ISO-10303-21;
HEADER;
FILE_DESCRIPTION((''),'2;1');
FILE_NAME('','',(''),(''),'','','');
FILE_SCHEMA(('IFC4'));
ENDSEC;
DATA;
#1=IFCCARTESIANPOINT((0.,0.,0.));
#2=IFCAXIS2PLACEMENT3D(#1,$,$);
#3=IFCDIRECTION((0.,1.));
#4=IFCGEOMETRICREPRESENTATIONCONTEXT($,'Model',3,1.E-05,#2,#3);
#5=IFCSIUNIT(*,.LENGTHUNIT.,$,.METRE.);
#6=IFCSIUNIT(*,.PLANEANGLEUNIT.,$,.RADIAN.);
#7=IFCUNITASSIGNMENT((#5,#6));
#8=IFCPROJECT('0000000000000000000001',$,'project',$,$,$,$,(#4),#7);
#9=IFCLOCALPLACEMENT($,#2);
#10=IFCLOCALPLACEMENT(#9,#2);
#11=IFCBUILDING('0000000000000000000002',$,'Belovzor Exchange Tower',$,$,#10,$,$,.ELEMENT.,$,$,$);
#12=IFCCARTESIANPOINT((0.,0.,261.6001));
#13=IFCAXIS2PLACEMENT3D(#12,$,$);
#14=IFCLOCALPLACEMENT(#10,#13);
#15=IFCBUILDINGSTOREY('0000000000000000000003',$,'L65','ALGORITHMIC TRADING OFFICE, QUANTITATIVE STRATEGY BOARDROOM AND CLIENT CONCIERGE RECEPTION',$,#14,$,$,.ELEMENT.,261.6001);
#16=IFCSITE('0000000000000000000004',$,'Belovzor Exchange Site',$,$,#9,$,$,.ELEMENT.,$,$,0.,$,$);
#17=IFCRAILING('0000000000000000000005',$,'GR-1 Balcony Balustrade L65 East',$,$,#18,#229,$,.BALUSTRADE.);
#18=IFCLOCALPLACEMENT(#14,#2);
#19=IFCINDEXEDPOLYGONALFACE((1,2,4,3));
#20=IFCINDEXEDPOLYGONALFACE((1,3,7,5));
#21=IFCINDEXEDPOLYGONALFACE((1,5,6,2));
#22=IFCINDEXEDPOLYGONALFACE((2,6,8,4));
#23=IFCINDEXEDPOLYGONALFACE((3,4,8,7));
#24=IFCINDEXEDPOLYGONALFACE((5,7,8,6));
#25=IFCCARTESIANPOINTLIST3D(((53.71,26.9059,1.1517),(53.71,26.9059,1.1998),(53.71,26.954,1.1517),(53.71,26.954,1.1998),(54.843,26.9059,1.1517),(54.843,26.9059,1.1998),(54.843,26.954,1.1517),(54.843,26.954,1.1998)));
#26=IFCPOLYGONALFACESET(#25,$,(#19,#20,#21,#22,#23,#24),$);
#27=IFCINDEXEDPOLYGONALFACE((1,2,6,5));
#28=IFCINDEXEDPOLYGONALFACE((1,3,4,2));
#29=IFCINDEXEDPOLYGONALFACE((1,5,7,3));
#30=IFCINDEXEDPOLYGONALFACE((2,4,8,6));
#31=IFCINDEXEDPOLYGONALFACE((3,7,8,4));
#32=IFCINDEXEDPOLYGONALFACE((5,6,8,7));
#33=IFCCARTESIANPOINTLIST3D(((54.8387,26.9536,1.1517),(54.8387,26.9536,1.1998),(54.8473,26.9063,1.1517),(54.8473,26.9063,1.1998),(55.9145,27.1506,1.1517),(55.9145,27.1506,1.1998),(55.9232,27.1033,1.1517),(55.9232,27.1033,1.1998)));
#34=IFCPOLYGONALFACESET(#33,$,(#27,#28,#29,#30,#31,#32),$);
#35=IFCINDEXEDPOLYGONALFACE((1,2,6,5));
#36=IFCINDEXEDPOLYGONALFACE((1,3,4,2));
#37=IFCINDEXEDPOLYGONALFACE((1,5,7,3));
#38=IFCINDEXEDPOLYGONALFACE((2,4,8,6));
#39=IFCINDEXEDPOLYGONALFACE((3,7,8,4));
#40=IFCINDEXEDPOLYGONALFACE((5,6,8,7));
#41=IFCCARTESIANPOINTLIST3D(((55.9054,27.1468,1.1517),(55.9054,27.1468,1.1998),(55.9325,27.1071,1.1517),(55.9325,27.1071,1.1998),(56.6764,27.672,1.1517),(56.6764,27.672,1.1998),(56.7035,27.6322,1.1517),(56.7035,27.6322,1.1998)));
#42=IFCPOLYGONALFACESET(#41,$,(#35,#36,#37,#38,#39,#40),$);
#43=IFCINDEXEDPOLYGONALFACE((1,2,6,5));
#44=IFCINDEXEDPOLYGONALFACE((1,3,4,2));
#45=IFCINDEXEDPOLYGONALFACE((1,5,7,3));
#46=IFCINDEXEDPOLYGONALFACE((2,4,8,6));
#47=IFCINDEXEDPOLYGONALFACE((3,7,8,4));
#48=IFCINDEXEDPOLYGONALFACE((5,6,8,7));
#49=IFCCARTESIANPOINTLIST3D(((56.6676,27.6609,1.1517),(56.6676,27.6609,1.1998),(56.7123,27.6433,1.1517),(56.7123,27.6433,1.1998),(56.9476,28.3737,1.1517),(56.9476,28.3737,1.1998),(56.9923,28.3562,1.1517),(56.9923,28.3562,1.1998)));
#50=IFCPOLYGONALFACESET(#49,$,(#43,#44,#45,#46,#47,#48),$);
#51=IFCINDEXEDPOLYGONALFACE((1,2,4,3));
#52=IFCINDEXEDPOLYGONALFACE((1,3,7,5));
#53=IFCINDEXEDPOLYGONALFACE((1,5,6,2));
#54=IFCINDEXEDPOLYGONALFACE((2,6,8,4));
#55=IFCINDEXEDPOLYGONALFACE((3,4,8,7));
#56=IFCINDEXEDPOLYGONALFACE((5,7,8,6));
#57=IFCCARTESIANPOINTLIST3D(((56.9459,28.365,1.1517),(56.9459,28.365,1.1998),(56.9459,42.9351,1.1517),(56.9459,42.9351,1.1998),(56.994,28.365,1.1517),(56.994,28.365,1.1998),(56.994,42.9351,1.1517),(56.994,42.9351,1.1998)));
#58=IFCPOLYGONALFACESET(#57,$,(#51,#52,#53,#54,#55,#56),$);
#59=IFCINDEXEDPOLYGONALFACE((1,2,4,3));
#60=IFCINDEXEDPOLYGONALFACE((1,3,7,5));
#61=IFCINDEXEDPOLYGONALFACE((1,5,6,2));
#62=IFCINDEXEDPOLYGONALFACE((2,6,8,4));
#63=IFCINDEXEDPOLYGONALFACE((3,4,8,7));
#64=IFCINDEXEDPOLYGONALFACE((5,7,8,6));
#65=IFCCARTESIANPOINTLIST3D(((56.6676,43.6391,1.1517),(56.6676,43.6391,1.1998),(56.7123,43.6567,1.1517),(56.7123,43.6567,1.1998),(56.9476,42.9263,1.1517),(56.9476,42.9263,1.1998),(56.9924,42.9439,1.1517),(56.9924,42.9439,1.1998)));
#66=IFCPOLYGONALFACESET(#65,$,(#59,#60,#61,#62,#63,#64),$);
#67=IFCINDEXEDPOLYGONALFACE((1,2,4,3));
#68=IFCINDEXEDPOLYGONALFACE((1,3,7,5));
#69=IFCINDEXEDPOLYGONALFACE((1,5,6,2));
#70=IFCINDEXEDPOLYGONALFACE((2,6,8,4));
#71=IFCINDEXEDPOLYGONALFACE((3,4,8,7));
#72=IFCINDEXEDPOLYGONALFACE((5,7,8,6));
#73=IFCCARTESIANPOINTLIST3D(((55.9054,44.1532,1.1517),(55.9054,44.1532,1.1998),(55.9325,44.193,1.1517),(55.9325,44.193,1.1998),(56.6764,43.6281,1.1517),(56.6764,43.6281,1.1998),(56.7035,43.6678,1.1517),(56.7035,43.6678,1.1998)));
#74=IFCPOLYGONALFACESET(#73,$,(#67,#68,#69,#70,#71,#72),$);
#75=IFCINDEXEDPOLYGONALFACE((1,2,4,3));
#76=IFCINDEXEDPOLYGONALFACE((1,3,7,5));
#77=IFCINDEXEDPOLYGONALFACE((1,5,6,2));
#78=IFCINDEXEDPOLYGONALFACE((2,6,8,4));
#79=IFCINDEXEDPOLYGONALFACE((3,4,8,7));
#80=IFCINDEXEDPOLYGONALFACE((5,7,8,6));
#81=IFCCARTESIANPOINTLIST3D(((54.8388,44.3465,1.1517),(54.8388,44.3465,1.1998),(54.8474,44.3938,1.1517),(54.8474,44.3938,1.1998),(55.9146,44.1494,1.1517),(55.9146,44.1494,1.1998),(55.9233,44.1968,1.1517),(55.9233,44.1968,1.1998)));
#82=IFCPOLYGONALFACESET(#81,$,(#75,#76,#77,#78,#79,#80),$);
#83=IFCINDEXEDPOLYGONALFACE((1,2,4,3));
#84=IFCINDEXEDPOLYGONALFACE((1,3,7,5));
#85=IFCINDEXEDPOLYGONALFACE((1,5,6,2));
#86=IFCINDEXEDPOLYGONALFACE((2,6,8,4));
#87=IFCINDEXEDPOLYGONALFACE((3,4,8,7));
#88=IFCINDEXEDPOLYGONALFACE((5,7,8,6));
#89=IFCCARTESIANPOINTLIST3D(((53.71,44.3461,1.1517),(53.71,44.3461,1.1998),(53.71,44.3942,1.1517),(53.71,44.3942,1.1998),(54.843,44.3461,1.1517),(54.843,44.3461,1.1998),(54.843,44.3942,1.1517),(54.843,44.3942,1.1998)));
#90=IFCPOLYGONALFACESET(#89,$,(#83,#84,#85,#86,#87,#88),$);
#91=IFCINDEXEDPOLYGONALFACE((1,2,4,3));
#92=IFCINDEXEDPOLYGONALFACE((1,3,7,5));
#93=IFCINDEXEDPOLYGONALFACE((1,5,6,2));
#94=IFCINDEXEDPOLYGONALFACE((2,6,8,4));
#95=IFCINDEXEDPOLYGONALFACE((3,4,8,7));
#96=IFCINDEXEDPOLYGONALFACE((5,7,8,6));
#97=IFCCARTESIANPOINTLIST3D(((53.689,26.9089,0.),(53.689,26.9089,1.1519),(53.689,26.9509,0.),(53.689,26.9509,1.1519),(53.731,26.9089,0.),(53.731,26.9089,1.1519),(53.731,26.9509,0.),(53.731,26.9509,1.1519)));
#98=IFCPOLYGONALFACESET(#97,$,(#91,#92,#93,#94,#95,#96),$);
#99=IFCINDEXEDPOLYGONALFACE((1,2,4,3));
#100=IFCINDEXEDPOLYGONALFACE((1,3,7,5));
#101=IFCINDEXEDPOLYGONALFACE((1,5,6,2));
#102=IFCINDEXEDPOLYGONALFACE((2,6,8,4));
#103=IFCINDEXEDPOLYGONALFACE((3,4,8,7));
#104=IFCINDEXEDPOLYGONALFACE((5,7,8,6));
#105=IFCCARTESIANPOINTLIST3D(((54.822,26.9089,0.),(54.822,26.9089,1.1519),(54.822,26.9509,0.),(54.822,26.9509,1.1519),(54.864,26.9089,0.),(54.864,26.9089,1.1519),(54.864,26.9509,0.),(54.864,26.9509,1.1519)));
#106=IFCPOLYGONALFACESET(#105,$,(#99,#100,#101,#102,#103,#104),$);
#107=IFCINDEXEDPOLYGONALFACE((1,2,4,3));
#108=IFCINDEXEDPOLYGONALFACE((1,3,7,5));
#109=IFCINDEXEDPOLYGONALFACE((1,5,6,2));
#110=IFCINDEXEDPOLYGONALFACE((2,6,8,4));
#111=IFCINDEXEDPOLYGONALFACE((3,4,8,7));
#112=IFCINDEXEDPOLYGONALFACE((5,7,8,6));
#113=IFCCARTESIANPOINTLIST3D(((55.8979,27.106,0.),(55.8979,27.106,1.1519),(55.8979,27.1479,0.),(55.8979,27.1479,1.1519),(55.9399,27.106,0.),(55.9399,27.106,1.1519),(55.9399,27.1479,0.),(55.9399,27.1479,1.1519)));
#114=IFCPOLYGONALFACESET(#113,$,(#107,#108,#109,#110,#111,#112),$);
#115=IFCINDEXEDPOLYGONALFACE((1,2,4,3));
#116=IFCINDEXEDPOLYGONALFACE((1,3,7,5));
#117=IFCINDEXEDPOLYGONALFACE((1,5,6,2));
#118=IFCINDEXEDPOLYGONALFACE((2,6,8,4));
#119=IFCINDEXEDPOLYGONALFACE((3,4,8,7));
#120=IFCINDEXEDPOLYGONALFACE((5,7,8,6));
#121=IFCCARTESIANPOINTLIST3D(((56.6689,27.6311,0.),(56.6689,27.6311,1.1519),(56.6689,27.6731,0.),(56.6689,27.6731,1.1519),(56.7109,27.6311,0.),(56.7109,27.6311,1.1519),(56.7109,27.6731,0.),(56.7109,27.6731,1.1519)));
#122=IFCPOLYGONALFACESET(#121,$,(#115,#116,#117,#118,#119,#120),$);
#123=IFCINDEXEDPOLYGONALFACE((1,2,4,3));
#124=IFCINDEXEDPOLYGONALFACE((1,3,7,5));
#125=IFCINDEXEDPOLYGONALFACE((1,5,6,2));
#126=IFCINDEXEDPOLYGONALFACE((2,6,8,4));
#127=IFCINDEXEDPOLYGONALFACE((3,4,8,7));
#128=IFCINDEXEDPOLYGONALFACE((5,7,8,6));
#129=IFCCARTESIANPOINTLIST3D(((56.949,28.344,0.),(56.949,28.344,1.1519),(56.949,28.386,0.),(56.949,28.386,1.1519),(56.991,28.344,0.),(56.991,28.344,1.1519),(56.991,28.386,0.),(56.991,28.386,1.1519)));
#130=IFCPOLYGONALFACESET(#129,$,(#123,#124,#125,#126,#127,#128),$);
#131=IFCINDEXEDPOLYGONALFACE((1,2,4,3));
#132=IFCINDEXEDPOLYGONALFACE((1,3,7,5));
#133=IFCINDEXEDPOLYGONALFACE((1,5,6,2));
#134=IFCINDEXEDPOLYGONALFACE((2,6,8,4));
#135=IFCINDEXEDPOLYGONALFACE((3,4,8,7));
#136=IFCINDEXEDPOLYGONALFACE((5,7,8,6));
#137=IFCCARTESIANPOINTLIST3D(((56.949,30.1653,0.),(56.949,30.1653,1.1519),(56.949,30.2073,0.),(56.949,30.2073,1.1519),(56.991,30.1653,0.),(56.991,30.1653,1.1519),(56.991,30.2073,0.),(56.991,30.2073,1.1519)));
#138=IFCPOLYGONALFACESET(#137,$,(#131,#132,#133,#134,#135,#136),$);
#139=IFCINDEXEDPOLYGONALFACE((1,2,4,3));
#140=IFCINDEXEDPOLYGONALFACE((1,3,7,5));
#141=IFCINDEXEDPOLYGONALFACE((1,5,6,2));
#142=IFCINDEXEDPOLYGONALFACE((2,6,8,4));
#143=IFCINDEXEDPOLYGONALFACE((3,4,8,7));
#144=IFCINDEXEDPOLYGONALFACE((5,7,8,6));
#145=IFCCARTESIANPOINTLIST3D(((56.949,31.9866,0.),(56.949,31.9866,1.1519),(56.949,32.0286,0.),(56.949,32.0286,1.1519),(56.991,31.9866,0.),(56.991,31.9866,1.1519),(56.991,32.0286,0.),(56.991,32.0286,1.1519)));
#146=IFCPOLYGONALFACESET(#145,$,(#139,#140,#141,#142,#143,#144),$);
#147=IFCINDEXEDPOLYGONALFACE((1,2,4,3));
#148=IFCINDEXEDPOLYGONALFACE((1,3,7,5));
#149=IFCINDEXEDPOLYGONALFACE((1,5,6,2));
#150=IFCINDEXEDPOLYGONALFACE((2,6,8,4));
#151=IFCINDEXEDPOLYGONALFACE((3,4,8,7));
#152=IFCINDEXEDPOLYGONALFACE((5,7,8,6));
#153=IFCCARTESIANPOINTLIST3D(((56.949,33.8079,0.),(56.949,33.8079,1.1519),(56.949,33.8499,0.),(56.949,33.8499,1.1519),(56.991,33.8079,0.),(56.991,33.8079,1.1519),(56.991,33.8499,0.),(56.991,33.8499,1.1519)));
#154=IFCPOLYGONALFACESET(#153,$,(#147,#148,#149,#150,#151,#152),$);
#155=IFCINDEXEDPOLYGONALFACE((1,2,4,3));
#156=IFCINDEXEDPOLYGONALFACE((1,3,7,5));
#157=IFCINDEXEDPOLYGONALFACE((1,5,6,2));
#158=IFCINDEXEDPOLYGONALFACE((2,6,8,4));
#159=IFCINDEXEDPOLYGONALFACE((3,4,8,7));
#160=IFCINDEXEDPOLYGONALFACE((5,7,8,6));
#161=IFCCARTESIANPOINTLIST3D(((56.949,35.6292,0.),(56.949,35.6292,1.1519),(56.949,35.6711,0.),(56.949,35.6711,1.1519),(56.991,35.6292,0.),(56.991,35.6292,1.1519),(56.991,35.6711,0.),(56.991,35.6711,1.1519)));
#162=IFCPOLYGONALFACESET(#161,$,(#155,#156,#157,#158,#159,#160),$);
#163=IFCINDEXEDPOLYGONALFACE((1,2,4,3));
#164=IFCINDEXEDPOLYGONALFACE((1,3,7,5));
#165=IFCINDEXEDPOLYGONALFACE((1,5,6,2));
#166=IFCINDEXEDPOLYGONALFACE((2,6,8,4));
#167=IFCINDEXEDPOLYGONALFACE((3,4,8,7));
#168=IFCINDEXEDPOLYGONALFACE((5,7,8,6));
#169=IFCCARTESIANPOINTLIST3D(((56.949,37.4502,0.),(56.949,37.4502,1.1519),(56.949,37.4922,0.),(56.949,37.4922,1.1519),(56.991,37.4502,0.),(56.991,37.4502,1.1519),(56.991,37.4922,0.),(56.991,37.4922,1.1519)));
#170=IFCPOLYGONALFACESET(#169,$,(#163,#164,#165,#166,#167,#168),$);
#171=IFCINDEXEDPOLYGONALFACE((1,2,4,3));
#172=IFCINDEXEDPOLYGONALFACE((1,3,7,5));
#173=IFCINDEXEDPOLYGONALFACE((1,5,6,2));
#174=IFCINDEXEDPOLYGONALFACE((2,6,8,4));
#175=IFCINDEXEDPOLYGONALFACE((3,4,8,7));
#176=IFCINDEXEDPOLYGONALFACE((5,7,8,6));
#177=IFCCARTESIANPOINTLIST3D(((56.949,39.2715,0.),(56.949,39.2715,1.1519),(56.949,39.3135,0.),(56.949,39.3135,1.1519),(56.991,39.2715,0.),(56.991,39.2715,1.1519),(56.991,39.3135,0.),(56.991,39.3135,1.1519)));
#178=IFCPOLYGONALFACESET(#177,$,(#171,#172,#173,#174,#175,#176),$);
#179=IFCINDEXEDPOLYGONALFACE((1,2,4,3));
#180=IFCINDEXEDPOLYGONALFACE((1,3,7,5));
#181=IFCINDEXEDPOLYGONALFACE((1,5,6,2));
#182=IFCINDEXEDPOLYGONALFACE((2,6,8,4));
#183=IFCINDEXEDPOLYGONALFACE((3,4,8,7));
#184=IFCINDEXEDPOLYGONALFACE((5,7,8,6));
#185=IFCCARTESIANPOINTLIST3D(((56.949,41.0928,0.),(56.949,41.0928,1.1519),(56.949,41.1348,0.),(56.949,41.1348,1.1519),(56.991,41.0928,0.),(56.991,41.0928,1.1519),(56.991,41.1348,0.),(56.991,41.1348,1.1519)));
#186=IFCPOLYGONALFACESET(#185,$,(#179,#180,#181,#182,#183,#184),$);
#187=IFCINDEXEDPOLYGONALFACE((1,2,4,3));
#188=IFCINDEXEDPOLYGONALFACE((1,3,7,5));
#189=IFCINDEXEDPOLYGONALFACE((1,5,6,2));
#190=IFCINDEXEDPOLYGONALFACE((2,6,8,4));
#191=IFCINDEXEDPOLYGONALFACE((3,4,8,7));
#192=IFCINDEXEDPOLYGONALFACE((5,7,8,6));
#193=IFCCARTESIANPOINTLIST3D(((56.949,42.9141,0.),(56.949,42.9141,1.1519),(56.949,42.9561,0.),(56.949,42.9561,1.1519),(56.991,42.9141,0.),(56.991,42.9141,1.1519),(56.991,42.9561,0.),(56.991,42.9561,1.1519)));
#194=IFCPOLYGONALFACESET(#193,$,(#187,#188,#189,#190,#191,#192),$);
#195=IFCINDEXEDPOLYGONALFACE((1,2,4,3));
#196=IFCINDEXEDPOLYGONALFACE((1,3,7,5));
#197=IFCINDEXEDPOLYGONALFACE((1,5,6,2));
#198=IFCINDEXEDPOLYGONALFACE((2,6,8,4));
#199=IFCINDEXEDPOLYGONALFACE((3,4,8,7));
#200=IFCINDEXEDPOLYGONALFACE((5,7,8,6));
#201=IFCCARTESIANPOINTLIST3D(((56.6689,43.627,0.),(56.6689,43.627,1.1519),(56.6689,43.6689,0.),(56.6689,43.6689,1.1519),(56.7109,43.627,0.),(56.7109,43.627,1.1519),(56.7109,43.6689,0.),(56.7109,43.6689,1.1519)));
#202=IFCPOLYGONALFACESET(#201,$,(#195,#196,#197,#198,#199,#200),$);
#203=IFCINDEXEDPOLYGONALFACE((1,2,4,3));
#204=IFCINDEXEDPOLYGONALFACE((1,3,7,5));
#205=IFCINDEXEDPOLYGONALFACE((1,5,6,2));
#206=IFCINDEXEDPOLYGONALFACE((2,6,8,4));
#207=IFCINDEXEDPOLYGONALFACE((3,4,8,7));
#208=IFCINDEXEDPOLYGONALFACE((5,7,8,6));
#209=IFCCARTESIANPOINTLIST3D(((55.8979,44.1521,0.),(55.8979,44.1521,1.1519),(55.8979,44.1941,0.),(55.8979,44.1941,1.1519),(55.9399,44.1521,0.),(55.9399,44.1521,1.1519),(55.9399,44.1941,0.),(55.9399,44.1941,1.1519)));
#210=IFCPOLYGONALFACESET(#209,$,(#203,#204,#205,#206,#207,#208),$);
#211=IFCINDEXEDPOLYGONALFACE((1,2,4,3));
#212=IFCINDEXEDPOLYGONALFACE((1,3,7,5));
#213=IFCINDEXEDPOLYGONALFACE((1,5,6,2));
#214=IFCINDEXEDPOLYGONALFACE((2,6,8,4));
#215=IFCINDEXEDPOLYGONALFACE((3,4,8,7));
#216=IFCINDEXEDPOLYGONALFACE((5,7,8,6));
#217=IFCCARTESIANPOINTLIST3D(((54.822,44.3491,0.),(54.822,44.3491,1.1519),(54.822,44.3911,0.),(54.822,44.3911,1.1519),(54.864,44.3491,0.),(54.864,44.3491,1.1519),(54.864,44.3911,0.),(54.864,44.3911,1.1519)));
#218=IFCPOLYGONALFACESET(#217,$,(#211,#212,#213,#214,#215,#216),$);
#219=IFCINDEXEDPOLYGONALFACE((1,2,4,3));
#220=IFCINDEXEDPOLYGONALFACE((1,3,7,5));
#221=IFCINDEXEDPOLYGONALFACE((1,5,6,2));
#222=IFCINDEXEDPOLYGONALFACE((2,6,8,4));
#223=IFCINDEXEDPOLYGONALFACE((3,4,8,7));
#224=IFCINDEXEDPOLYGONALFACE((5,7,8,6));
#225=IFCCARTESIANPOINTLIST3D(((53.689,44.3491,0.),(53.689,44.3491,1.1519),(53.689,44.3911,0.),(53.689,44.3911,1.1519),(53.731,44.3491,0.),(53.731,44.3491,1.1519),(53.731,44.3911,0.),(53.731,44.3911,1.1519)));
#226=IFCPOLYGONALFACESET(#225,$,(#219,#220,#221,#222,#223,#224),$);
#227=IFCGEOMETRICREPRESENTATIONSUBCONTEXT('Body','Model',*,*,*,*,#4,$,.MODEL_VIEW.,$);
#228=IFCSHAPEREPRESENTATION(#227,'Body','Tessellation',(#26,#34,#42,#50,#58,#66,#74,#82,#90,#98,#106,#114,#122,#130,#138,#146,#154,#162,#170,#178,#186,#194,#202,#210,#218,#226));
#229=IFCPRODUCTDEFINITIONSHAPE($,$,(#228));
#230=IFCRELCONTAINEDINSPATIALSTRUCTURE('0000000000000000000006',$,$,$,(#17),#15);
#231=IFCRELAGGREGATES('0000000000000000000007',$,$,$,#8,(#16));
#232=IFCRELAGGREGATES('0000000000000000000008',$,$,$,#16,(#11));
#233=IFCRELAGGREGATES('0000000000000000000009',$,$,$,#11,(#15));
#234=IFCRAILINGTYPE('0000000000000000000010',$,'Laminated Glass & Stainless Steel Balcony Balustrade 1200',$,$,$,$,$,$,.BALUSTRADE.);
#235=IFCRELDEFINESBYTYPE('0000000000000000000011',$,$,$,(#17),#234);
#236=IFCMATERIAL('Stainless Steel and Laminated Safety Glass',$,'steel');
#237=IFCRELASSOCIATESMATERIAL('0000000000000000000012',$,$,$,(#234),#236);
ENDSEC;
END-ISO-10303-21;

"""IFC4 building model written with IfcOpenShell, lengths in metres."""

from ifc_helpers import new_model, si_unit, direction, frame, origin, origin_2d, place, context, subcontext, project, spatial, rectangle, extrude, material, type_object, element, save


model = new_model("IFC4")

# Units and contexts
model_context = context("Model", 3, precision=1e-05, world=origin(), true_north=direction((0.0, 1.0)))
body_context = subcontext(model_context, "Body", "Model", "MODEL_VIEW")
ifc_project = project(units=[si_unit("LENGTHUNIT", "METRE"), si_unit("PLANEANGLEUNIT", "RADIAN")], contexts=[model_context])

# Site, building, storey
site_placement = place(None, origin())
site = spatial("IfcSite", under=ifc_project, at=site_placement, Name="Belovzor Exchange Site", CompositionType="ELEMENT", RefElevation=0.0)
building_placement = place(site_placement, origin())
building = spatial("IfcBuilding", under=site, at=building_placement, Name="Belovzor Exchange Tower", CompositionType="ELEMENT")
storey_placement = place(building_placement, frame((0.0, 0.0, 261.6001)))
storey = spatial("IfcBuildingStorey", under=building, at=storey_placement, Name="L65", Description="ALGORITHMIC TRADING OFFICE, QUANTITATIVE STRATEGY BOARDROOM AND CLIENT CONCIERGE RECEPTION", CompositionType="ELEMENT", Elevation=261.6001)

# Railing
ifc_material_1 = material(Name="Stainless Steel and Laminated Safety Glass", Category="steel")
railing_type = type_object("IfcRailingType", Name="Laminated Glass & Stainless Steel Balcony Balustrade 1200", PredefinedType="BALUSTRADE", material=ifc_material_1)
railing_placement = place(storey_placement, frame((53.71, 26.9299, 0.0)))
element("IfcRailing", 1, at=railing_placement, inside=storey, type_object=railing_type, Name="GR-1 Balcony Balustrade L65 East", PredefinedType="BALUSTRADE", context=body_context, shape_type="SweptSolid", body=[
    extrude(rectangle(XDim=0.0481, YDim=0.0481, at=origin_2d()), frame((0.0, 0.0, 1.1758), z_axis=(1.0, 0.0, 0.0), x_axis=(0.0, 1.0, 0.0)), (0.0, 0.0, 1.0), 1.1331),
    extrude(rectangle(XDim=0.0481, YDim=0.0481, at=origin_2d()), frame((1.1331, 0.0, 1.1758), z_axis=(0.983644, 0.180123, 0.0), x_axis=(-0.180123, 0.983644, 0.0)), (0.0, 0.0, 1.0), 1.0938),
    extrude(rectangle(XDim=0.0481, YDim=0.0481, at=origin_2d()), frame((2.209, 0.197, 1.1758), z_axis=(0.826493, 0.562947, 0.0), x_axis=(-0.562947, 0.826493, 0.0)), (0.0, 0.0, 1.0), 0.9329),
    extrude(rectangle(XDim=0.0481, YDim=0.0481, at=origin_2d()), frame((2.98, 0.7222, 1.1758), z_axis=(0.365613, 0.930767, 0.0), x_axis=(-0.930767, 0.365613, 0.0)), (0.0, 0.0, 1.0), 0.7659),
    extrude(rectangle(XDim=0.0481, YDim=0.0481, at=origin_2d()), frame((3.26, 1.4351, 1.1758), z_axis=(0.0, 1.0, 0.0), x_axis=(-1.0, 0.0, 0.0)), (0.0, 0.0, 1.0), 14.5701),
    extrude(rectangle(XDim=0.0481, YDim=0.0481, at=origin_2d()), frame((3.26, 16.0051, 1.1758), z_axis=(-0.365613, 0.930767, 0.0), x_axis=(-0.930767, -0.365613, 0.0)), (0.0, 0.0, 1.0), 0.7659),
    extrude(rectangle(XDim=0.0481, YDim=0.0481, at=origin_2d()), frame((2.98, 16.718, 1.1758), z_axis=(-0.826493, 0.562947, 0.0), x_axis=(-0.562947, -0.826493, 0.0)), (0.0, 0.0, 1.0), 0.9329),
    extrude(rectangle(XDim=0.0481, YDim=0.0481, at=origin_2d()), frame((2.209, 17.2432, 1.1758), z_axis=(-0.983644, 0.180123, 0.0), x_axis=(-0.180123, -0.983644, 0.0)), (0.0, 0.0, 1.0), 1.0938),
    extrude(rectangle(XDim=0.0481, YDim=0.0481, at=origin_2d()), frame((1.1331, 17.4402, 1.1758), z_axis=(-1.0, 0.0, 0.0), x_axis=(0.0, -1.0, 0.0)), (0.0, 0.0, 1.0), 1.1331),
    extrude(rectangle(XDim=0.042, YDim=0.042, at=origin_2d()), origin(), (0.0, 0.0, 1.0), 1.1519),
    extrude(rectangle(XDim=0.042, YDim=0.042, at=origin_2d()), frame((1.1331, 0.0, 0.0)), (0.0, 0.0, 1.0), 1.1519),
    extrude(rectangle(XDim=0.042, YDim=0.042, at=origin_2d()), frame((2.209, 0.197, 0.0)), (0.0, 0.0, 1.0), 1.1519),
    extrude(rectangle(XDim=0.042, YDim=0.042, at=origin_2d()), frame((2.98, 0.7222, 0.0)), (0.0, 0.0, 1.0), 1.1519),
    extrude(rectangle(XDim=0.042, YDim=0.042, at=origin_2d()), frame((3.26, 1.4351, 0.0)), (0.0, 0.0, 1.0), 1.1519),
    extrude(rectangle(XDim=0.042, YDim=0.042, at=origin_2d()), frame((3.26, 3.2563, 0.0)), (0.0, 0.0, 1.0), 1.1519),
    extrude(rectangle(XDim=0.042, YDim=0.042, at=origin_2d()), frame((3.26, 5.0776, 0.0)), (0.0, 0.0, 1.0), 1.1519),
    extrude(rectangle(XDim=0.042, YDim=0.042, at=origin_2d()), frame((3.26, 6.8989, 0.0)), (0.0, 0.0, 1.0), 1.1519),
    extrude(rectangle(XDim=0.042, YDim=0.042, at=origin_2d()), frame((3.26, 8.7202, 0.0)), (0.0, 0.0, 1.0), 1.1519),
    extrude(rectangle(XDim=0.042, YDim=0.042, at=origin_2d()), frame((3.26, 10.5413, 0.0)), (0.0, 0.0, 1.0), 1.1519),
    extrude(rectangle(XDim=0.042, YDim=0.042, at=origin_2d()), frame((3.26, 12.3625, 0.0)), (0.0, 0.0, 1.0), 1.1519),
    extrude(rectangle(XDim=0.042, YDim=0.042, at=origin_2d()), frame((3.26, 14.1838, 0.0)), (0.0, 0.0, 1.0), 1.1519),
    extrude(rectangle(XDim=0.042, YDim=0.042, at=origin_2d()), frame((3.26, 16.0051, 0.0)), (0.0, 0.0, 1.0), 1.1519),
    extrude(rectangle(XDim=0.042, YDim=0.042, at=origin_2d()), frame((2.98, 16.718, 0.0)), (0.0, 0.0, 1.0), 1.1519),
    extrude(rectangle(XDim=0.042, YDim=0.042, at=origin_2d()), frame((2.209, 17.2432, 0.0)), (0.0, 0.0, 1.0), 1.1519),
    extrude(rectangle(XDim=0.042, YDim=0.042, at=origin_2d()), frame((1.1331, 17.4402, 0.0)), (0.0, 0.0, 1.0), 1.1519),
    extrude(rectangle(XDim=0.042, YDim=0.042, at=origin_2d()), frame((0.0, 17.4402, 0.0)), (0.0, 0.0, 1.0), 1.1519),
])

save(model, "model.ifc")
